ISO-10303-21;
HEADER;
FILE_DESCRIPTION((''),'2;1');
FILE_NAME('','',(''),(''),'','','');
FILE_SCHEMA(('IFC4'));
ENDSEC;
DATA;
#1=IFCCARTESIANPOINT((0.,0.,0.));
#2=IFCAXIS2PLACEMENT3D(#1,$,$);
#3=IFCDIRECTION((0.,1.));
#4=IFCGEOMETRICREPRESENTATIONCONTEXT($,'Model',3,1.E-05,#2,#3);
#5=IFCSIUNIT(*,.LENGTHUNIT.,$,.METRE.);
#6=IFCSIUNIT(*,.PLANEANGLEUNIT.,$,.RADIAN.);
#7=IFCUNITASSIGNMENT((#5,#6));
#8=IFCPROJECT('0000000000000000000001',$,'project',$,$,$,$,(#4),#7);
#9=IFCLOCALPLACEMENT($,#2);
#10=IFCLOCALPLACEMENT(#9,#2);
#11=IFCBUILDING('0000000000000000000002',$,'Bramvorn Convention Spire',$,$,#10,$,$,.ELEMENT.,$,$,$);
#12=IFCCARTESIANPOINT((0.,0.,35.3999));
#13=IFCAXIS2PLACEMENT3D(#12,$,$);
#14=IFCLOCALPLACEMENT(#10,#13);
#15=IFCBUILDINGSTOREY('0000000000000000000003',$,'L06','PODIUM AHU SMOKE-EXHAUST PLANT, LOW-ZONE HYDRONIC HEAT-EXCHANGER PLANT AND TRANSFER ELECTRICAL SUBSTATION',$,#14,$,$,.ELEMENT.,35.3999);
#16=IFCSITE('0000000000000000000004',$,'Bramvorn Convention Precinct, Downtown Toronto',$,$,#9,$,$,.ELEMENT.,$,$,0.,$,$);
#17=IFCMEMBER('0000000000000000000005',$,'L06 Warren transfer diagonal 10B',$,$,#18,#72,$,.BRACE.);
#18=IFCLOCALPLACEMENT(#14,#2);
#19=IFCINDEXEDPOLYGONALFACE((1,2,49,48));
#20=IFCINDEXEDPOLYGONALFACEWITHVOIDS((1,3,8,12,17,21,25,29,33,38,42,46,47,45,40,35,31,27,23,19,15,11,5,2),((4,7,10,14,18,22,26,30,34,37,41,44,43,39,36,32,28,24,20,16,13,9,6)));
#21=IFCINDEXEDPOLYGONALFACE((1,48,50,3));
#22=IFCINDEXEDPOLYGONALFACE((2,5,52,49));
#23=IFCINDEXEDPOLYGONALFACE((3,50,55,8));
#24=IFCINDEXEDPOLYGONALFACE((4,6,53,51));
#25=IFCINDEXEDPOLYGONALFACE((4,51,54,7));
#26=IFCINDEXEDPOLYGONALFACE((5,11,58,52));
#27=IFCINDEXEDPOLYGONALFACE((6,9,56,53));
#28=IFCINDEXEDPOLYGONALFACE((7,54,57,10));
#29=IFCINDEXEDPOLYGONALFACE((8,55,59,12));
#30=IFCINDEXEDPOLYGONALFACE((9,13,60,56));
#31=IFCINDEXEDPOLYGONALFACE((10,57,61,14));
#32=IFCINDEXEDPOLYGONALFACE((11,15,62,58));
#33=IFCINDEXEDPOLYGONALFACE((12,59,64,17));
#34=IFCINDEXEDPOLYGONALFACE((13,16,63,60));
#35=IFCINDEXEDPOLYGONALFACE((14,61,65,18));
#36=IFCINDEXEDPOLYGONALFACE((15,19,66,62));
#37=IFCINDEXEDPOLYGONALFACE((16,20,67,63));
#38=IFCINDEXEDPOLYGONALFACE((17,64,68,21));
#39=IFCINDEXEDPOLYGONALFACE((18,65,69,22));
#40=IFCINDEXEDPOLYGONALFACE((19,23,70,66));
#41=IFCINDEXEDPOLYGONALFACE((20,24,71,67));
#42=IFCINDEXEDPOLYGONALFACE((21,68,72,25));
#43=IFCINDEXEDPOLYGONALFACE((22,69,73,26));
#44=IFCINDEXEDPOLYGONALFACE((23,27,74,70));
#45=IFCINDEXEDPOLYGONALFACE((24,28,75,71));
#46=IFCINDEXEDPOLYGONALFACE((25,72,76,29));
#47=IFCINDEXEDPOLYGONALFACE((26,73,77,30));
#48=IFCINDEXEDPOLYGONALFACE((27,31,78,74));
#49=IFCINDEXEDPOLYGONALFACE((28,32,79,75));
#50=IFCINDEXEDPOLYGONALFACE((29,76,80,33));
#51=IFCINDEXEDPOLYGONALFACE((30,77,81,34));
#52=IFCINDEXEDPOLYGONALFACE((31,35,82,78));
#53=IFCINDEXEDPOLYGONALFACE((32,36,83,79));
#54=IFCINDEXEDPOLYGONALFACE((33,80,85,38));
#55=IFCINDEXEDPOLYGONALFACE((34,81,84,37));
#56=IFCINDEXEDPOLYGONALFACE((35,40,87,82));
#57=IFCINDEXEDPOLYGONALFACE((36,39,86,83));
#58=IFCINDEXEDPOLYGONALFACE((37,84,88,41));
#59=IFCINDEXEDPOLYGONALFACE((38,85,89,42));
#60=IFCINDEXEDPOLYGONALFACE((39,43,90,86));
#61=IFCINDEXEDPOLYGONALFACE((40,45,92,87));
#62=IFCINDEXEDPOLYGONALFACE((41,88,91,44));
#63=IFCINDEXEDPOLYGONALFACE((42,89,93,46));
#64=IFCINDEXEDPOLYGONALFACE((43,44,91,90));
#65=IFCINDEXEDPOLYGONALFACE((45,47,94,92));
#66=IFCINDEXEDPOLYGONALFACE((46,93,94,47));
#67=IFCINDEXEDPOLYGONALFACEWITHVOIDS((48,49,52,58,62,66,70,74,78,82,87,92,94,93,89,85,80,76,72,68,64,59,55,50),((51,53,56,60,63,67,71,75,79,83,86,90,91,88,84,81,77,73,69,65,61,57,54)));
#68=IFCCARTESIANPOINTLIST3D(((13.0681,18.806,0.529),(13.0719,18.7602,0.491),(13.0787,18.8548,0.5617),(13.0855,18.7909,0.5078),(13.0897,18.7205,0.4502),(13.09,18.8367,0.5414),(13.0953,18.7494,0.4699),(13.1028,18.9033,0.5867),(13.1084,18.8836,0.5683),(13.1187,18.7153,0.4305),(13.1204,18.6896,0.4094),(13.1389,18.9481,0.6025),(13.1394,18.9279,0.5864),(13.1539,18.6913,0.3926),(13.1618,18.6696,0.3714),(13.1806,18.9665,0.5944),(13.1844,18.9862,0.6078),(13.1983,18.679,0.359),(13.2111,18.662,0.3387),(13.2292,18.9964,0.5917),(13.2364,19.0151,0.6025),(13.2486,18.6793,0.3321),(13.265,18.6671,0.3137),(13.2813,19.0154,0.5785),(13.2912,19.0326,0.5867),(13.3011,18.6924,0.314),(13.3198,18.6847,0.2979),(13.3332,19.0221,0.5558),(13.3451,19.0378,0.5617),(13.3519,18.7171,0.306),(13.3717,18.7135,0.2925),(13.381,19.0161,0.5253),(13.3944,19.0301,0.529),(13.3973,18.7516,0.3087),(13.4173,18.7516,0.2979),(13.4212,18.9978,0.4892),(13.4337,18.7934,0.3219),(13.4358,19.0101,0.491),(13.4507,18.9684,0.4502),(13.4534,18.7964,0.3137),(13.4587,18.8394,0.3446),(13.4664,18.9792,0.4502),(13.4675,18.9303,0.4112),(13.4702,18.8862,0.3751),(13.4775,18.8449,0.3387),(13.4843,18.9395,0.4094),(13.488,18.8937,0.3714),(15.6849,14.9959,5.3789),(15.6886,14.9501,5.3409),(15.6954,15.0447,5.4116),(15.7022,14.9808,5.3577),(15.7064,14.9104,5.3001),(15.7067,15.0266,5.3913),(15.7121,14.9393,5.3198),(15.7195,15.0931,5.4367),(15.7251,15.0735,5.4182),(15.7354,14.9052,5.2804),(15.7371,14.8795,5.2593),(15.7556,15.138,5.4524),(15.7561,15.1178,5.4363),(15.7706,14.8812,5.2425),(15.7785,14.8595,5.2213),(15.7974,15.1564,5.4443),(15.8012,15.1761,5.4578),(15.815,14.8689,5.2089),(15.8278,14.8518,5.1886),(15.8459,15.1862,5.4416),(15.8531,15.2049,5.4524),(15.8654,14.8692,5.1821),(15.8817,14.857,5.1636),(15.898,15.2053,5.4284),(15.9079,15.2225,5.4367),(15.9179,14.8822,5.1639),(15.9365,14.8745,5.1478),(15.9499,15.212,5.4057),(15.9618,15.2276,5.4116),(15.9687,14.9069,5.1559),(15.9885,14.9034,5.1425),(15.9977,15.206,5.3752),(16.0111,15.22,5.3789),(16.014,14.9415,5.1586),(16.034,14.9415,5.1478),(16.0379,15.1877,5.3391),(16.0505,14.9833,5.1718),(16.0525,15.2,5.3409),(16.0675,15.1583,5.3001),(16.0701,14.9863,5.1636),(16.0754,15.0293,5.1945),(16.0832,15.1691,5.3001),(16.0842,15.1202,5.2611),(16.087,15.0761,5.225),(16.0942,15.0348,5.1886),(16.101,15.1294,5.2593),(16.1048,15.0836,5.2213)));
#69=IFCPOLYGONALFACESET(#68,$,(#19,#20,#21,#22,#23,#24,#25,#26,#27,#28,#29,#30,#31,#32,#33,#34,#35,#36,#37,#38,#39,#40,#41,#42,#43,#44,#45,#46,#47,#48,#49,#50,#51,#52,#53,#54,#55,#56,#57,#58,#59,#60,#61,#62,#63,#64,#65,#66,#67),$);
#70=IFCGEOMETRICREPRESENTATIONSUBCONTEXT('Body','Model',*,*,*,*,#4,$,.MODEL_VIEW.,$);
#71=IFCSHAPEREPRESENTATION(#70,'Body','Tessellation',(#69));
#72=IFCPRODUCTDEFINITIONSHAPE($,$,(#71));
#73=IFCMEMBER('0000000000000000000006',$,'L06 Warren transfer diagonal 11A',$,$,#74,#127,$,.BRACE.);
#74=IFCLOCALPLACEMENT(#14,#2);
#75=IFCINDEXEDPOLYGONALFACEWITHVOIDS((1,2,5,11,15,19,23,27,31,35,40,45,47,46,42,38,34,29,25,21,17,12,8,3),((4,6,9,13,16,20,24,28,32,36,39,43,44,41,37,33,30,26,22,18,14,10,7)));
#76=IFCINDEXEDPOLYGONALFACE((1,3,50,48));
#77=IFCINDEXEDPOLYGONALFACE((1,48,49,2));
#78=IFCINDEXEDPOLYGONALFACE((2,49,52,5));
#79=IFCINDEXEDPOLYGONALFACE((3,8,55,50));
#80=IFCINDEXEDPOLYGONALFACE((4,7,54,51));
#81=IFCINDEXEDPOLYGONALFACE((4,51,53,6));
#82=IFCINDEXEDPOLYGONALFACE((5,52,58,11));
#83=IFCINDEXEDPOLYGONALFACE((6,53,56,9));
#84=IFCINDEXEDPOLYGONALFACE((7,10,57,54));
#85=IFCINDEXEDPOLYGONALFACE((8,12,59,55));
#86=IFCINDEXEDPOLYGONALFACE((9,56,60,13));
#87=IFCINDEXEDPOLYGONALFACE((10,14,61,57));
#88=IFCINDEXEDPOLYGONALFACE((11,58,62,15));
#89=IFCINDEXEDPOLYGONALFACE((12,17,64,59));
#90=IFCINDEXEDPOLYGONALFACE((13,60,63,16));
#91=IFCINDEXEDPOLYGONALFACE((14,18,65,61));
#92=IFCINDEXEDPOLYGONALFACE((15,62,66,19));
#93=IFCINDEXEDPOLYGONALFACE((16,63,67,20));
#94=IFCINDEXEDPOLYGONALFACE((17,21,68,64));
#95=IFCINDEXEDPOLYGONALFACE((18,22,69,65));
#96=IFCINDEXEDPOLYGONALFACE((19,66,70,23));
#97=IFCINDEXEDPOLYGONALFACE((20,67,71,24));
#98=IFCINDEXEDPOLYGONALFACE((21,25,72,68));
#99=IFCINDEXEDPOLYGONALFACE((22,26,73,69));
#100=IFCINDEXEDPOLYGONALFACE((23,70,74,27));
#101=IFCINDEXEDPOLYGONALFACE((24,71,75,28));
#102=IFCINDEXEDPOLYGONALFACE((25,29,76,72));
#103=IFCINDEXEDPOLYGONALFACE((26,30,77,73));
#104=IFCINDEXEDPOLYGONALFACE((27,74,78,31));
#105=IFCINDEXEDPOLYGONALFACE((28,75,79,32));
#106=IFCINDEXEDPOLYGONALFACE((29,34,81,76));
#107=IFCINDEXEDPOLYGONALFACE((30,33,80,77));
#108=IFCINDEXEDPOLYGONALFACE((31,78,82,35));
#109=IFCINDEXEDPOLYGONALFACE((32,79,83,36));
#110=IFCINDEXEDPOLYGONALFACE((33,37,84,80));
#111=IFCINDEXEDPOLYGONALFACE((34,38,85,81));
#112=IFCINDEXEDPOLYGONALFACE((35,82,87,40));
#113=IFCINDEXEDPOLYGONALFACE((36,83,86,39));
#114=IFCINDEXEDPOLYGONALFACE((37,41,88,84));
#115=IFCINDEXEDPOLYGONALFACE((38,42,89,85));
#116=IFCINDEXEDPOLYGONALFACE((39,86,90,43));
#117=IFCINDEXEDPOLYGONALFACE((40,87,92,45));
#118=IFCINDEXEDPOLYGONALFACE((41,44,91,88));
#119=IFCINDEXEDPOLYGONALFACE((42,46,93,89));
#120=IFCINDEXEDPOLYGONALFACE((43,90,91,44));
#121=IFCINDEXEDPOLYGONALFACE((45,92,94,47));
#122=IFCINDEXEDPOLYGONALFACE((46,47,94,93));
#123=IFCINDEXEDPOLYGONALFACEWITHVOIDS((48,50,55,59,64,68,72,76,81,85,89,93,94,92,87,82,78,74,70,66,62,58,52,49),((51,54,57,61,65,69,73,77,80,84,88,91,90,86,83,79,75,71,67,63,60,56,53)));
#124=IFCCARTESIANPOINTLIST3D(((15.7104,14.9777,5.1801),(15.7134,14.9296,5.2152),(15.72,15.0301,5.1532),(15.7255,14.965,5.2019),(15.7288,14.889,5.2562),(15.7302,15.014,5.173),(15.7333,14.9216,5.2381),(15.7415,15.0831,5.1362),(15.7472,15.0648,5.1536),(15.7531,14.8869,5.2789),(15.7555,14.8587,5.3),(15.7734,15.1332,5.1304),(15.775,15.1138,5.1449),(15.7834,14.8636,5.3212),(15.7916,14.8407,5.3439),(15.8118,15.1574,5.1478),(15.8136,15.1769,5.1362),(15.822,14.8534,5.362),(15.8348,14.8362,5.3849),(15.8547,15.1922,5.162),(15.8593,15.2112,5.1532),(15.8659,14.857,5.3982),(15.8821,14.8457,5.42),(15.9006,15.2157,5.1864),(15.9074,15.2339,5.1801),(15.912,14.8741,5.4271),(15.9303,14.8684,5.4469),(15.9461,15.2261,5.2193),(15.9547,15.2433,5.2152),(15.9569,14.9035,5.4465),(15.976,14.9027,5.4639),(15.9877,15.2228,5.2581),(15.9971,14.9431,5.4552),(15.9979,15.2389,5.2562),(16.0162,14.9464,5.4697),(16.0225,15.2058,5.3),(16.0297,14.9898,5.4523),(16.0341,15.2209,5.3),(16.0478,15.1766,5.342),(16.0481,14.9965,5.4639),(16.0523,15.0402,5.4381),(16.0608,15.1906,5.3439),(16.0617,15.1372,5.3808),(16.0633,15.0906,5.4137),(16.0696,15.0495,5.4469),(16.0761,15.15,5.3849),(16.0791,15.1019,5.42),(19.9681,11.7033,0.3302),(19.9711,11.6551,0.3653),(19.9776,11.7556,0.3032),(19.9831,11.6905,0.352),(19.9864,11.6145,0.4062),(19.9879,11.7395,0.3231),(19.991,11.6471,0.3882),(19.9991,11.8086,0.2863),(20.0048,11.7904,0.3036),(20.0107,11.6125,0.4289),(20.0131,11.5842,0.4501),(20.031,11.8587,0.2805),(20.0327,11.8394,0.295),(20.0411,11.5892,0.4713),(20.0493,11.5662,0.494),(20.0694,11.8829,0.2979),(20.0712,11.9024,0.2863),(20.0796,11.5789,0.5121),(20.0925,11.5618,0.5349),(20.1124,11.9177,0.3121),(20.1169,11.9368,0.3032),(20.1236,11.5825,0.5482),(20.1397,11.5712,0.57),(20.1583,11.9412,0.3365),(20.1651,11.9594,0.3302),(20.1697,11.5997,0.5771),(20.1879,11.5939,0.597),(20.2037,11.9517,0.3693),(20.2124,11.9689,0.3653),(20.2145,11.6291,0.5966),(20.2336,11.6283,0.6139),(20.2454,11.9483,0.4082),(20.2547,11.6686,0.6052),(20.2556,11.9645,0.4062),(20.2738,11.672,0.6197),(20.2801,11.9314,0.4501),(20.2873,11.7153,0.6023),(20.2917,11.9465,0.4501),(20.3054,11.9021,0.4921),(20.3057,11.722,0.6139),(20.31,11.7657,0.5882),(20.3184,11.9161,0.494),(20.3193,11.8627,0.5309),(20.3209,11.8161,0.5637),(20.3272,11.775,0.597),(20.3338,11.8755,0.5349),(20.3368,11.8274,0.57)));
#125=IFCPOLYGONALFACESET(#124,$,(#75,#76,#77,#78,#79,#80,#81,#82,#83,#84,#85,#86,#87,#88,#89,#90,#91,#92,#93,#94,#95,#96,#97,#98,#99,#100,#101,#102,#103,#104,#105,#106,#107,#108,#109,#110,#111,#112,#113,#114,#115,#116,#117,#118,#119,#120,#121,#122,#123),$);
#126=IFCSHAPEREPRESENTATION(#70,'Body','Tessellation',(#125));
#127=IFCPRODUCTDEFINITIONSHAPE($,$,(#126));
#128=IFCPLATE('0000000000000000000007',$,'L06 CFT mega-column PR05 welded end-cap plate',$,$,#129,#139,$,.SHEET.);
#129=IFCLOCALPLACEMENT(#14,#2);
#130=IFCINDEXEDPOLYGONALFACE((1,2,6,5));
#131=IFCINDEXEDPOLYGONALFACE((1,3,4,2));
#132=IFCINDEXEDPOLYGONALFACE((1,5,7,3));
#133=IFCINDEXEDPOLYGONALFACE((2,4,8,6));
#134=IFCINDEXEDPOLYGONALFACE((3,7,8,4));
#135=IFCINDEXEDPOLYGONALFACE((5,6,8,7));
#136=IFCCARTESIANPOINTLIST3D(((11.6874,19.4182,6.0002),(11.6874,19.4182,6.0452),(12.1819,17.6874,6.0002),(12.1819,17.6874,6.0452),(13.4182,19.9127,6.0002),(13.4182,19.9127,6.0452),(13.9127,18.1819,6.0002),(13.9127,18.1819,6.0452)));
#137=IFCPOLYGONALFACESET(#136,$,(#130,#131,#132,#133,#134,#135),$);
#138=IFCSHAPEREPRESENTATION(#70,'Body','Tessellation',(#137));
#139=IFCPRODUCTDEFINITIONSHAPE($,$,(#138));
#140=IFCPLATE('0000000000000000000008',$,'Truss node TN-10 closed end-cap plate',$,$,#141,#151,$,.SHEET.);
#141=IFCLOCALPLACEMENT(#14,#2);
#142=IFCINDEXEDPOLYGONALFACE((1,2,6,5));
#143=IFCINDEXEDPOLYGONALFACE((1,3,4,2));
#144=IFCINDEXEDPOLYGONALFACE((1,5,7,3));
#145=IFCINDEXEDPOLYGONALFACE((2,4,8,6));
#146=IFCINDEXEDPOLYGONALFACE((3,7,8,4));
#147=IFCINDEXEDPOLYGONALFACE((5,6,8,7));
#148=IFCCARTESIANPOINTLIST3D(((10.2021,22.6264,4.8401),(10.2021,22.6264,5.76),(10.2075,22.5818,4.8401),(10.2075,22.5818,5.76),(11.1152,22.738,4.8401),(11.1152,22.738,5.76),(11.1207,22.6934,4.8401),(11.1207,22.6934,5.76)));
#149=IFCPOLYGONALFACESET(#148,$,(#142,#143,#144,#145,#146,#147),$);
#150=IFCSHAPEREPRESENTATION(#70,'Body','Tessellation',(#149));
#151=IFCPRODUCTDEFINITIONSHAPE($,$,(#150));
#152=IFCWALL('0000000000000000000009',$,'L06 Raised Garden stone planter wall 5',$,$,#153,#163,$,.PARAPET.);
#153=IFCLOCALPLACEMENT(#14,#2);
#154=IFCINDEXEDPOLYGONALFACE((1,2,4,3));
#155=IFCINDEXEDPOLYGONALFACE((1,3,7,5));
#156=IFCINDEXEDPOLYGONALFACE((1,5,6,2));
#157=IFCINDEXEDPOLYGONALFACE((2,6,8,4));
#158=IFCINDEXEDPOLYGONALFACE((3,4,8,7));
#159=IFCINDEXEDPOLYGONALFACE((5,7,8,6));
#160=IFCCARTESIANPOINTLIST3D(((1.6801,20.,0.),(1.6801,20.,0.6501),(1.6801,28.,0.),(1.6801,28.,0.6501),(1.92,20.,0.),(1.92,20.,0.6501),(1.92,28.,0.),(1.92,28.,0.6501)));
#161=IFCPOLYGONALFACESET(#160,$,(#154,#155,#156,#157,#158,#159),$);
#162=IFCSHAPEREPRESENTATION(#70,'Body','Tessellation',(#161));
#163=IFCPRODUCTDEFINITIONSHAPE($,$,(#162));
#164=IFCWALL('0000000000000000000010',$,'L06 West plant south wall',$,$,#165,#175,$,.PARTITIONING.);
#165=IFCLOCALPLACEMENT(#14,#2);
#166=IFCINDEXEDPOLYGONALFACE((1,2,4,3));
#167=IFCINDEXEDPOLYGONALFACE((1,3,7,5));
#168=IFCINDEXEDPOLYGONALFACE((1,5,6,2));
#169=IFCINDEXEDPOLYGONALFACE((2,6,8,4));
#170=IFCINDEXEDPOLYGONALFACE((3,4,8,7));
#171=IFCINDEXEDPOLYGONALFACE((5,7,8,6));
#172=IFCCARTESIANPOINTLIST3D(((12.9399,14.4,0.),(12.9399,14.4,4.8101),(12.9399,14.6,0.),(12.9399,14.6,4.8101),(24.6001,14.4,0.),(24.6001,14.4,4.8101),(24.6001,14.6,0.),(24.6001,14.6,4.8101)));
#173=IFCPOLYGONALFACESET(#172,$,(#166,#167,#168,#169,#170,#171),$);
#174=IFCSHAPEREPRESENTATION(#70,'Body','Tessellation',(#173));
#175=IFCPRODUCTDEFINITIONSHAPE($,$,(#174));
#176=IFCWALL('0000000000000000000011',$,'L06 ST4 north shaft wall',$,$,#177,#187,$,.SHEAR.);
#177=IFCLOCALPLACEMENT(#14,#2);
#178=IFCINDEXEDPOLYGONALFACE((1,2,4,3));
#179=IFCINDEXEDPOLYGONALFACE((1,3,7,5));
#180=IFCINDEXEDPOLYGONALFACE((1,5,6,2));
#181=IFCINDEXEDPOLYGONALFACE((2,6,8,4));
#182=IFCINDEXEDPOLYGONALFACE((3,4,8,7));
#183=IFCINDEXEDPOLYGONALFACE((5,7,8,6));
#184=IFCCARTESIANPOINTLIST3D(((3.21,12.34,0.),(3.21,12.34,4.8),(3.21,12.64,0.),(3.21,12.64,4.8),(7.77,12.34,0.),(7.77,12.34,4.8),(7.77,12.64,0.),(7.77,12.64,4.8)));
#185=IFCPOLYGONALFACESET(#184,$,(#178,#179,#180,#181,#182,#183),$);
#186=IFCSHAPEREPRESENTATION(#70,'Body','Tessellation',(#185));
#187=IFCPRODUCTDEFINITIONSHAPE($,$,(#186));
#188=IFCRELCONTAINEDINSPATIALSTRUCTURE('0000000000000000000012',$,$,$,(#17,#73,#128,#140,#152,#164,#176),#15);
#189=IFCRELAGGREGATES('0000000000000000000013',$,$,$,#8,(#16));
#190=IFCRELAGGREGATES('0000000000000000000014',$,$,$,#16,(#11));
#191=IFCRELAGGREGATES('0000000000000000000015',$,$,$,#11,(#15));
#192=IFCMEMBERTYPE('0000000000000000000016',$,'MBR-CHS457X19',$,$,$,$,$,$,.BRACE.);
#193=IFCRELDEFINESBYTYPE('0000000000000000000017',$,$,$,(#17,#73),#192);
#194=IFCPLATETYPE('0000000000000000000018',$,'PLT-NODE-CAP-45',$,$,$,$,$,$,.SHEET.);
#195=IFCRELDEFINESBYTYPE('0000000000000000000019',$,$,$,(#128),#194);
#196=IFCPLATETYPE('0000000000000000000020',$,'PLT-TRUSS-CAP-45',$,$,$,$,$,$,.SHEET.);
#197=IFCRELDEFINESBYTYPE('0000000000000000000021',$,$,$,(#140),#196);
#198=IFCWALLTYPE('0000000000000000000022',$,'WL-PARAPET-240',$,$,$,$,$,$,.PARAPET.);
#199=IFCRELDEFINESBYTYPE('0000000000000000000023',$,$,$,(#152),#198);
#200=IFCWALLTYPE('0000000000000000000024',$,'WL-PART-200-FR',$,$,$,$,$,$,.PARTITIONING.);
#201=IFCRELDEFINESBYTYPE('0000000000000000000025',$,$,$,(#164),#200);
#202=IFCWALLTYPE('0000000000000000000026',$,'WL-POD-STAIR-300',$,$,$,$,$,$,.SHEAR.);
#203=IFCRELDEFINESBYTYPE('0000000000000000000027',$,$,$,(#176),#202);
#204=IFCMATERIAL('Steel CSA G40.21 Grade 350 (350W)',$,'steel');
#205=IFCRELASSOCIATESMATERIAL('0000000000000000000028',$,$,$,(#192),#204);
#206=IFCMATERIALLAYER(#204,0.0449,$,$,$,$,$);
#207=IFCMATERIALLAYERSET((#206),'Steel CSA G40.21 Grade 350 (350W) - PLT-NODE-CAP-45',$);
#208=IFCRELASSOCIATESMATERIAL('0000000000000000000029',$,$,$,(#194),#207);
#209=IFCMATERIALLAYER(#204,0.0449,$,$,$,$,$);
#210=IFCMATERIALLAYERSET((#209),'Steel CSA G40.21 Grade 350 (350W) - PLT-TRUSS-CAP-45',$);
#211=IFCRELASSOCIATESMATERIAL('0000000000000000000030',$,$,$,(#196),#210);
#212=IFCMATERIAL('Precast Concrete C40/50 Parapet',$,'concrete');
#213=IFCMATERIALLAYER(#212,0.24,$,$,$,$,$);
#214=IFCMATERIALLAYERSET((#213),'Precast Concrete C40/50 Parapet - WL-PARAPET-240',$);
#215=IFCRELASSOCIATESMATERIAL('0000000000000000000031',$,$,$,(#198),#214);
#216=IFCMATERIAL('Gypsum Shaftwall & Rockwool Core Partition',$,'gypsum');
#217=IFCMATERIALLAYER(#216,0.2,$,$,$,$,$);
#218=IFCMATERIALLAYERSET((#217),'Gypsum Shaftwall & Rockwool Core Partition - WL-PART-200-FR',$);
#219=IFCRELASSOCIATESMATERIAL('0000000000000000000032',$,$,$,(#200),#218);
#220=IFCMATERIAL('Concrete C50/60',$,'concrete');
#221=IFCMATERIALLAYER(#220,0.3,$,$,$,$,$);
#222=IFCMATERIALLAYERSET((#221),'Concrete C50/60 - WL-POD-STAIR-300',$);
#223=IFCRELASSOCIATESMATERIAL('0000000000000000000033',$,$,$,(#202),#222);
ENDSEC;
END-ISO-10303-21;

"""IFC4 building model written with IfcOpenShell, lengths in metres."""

from ifc_helpers import new_model, si_unit, direction, frame, frame_2d, origin, origin_2d, place, context, subcontext, project, spatial, rectangle, hollow_circle, extrude, material, layer, layer_set, material_profile, profile_set, type_object, element, save


model = new_model("IFC4")

# Units and contexts
model_context = context("Model", 3, precision=1e-05, world=origin(), true_north=direction((0.0, 1.0)))
body_context = subcontext(model_context, "Body", "Model", "MODEL_VIEW")
ifc_project = project(units=[si_unit("LENGTHUNIT", "METRE"), si_unit("PLANEANGLEUNIT", "RADIAN")], contexts=[model_context])

# Site, building, storey
site_placement = place(None, origin())
site = spatial("IfcSite", under=ifc_project, at=site_placement, Name="Bramvorn Convention Precinct, Downtown Toronto", CompositionType="ELEMENT", RefElevation=0.0)
building_placement = place(site_placement, origin())
building = spatial("IfcBuilding", under=site, at=building_placement, Name="Bramvorn Convention Spire", CompositionType="ELEMENT")
storey_placement = place(building_placement, frame((0.0, 0.0, 35.3999)))
storey = spatial("IfcBuildingStorey", under=building, at=storey_placement, Name="L06", Description="PODIUM AHU SMOKE-EXHAUST PLANT, LOW-ZONE HYDRONIC HEAT-EXCHANGER PLANT AND TRANSFER ELECTRICAL SUBSTATION", CompositionType="ELEMENT", Elevation=35.3999)

# Shared definitions
ifc_material_1 = material(Name="Steel CSA G40.21 Grade 350 (350W)", Category="steel")

# Members
ifc_material_profile_1 = material_profile(ifc_material_1, hollow_circle(Radius=0.2285, WallThickness=0.019, at=origin_2d()))
ifc_profile_set_1 = profile_set([ifc_material_profile_1], Name="Steel CSA G40.21 Grade 350 (350W) - CHS457X19")
member_type_1 = type_object("IfcMemberType", Name="MBR-CHS457X19", PredefinedType="BRACE", material=ifc_profile_set_1)
for number, where, z_axis, x_axis, name in (
    (1, (13.2781, 18.8499, 0.4502), (0.390575, -0.568699, 0.723901), (0.824316, 0.56613, 0.0), "L06 Warren transfer diagonal 10B"),
):
    element("IfcMember", number, at=place(storey_placement, frame(where, z_axis=z_axis, x_axis=x_axis)), inside=storey, type_object=member_type_1, Name=name, PredefinedType="BRACE", context=body_context, shape_type="SweptSolid", body=[
        extrude(hollow_circle(Radius=0.2285, WallThickness=0.019, at=origin_2d()), origin(), (0.0, 0.0, 1.0), 6.6997),
    ])
member_1_placement = place(storey_placement, frame((15.8948, 15.0398, 5.3), z_axis=(0.58833, -0.452474, -0.670175), x_axis=(0.609636, 0.792681, 0.0)))
element("IfcMember", 2, at=member_1_placement, inside=storey, type_object=member_type_1, Name="L06 Warren transfer diagonal 11A", PredefinedType="BRACE", context=body_context, shape_type="SweptSolid", body=[
    extrude(hollow_circle(Radius=0.2285, WallThickness=0.019, at=origin_2d()), origin(), (0.0, 0.0, 1.0), 7.2368),
])

# Plates
ifc_layer_1 = layer(ifc_material_1, 0.0449)
ifc_layer_set_1 = layer_set([ifc_layer_1], Name="Steel CSA G40.21 Grade 350 (350W) - PLT-NODE-CAP-45")
plate_type_1 = type_object("IfcPlateType", Name="PLT-NODE-CAP-45", PredefinedType="SHEET", material=ifc_layer_set_1)
plate_1_placement = place(storey_placement, frame((12.8, 18.8, 6.0002), z_axis=(0.0, 0.0, 1.0), x_axis=(-0.961524, -0.274721, 0.0)))
element("IfcPlate", 3, at=plate_1_placement, inside=storey, type_object=plate_type_1, Name="L06 CFT mega-column PR05 welded end-cap plate", PredefinedType="SHEET", context=body_context, shape_type="SweptSolid", body=[
    extrude(rectangle(XDim=1.8, YDim=1.8, at=origin_2d()), origin(), (0.0, 0.0, 1.0), 0.0449),
])
ifc_layer_2 = layer(ifc_material_1, 0.0449)
ifc_layer_set_2 = layer_set([ifc_layer_2], Name="Steel CSA G40.21 Grade 350 (350W) - PLT-TRUSS-CAP-45")
plate_type_2 = type_object("IfcPlateType", Name="PLT-TRUSS-CAP-45", PredefinedType="SHEET", material=ifc_layer_set_2)
plate_2_placement = place(storey_placement, frame((10.6614, 22.6599, 4.8401), z_axis=(0.0, 0.0, 1.0), x_axis=(-0.992619, -0.121273, 0.0)))
element("IfcPlate", 4, at=plate_2_placement, inside=storey, type_object=plate_type_2, Name="Truss node TN-10 closed end-cap plate", PredefinedType="SHEET", context=body_context, shape_type="SweptSolid", body=[
    extrude(rectangle(XDim=0.9199, YDim=0.0449, at=origin_2d()), origin(), (0.0, 0.0, 1.0), 0.9199),
])

# Walls
ifc_material_2 = material(Name="Precast Concrete C40/50 Parapet", Category="concrete")
ifc_layer_3 = layer(ifc_material_2, 0.24)
ifc_layer_set_3 = layer_set([ifc_layer_3], Name="Precast Concrete C40/50 Parapet - WL-PARAPET-240")
wall_type_1 = type_object("IfcWallType", Name="WL-PARAPET-240", PredefinedType="PARAPET", material=ifc_layer_set_3)
wall_1_placement = place(storey_placement, frame((1.8, 20.0, 0.0), z_axis=(0.0, 0.0, 1.0), x_axis=(0.0, 1.0, 0.0)))
element("IfcWall", 5, at=wall_1_placement, inside=storey, type_object=wall_type_1, Name="L06 Raised Garden stone planter wall 5", PredefinedType="PARAPET", context=body_context, shape_type="SweptSolid", body=[
    extrude(rectangle(XDim=8.0, YDim=0.24, at=frame_2d((4.0, 0.0))), origin(), (0.0, 0.0, 1.0), 0.6501),
])
ifc_material_3 = material(Name="Gypsum Shaftwall & Rockwool Core Partition", Category="gypsum")
ifc_layer_4 = layer(ifc_material_3, 0.2)
ifc_layer_set_4 = layer_set([ifc_layer_4], Name="Gypsum Shaftwall & Rockwool Core Partition - WL-PART-200-FR")
wall_type_2 = type_object("IfcWallType", Name="WL-PART-200-FR", PredefinedType="PARTITIONING", material=ifc_layer_set_4)
wall_2_placement = place(storey_placement, frame((12.9399, 14.5, 0.0), z_axis=(0.0, 0.0, 1.0), x_axis=(1.0, 0.0, 0.0)))
element("IfcWall", 6, at=wall_2_placement, inside=storey, type_object=wall_type_2, Name="L06 West plant south wall", PredefinedType="PARTITIONING", context=body_context, shape_type="SweptSolid", body=[
    extrude(rectangle(XDim=11.6602, YDim=0.2, at=frame_2d((5.8301, 0.0))), origin(), (0.0, 0.0, 1.0), 4.8101),
])
ifc_material_4 = material(Name="Concrete C50/60", Category="concrete")
ifc_layer_5 = layer(ifc_material_4, 0.3)
ifc_layer_set_5 = layer_set([ifc_layer_5], Name="Concrete C50/60 - WL-POD-STAIR-300")
wall_type_3 = type_object("IfcWallType", Name="WL-POD-STAIR-300", PredefinedType="SHEAR", material=ifc_layer_set_5)
wall_3_placement = place(storey_placement, frame((3.21, 12.49, 0.0), z_axis=(0.0, 0.0, 1.0), x_axis=(1.0, 0.0, 0.0)))
element("IfcWall", 7, at=wall_3_placement, inside=storey, type_object=wall_type_3, Name="L06 ST4 north shaft wall", PredefinedType="SHEAR", context=body_context, shape_type="SweptSolid", body=[
    extrude(rectangle(XDim=4.5601, YDim=0.3, at=frame_2d((2.28, 0.0))), origin(), (0.0, 0.0, 1.0), 4.8),
])

save(model, "model.ifc")
